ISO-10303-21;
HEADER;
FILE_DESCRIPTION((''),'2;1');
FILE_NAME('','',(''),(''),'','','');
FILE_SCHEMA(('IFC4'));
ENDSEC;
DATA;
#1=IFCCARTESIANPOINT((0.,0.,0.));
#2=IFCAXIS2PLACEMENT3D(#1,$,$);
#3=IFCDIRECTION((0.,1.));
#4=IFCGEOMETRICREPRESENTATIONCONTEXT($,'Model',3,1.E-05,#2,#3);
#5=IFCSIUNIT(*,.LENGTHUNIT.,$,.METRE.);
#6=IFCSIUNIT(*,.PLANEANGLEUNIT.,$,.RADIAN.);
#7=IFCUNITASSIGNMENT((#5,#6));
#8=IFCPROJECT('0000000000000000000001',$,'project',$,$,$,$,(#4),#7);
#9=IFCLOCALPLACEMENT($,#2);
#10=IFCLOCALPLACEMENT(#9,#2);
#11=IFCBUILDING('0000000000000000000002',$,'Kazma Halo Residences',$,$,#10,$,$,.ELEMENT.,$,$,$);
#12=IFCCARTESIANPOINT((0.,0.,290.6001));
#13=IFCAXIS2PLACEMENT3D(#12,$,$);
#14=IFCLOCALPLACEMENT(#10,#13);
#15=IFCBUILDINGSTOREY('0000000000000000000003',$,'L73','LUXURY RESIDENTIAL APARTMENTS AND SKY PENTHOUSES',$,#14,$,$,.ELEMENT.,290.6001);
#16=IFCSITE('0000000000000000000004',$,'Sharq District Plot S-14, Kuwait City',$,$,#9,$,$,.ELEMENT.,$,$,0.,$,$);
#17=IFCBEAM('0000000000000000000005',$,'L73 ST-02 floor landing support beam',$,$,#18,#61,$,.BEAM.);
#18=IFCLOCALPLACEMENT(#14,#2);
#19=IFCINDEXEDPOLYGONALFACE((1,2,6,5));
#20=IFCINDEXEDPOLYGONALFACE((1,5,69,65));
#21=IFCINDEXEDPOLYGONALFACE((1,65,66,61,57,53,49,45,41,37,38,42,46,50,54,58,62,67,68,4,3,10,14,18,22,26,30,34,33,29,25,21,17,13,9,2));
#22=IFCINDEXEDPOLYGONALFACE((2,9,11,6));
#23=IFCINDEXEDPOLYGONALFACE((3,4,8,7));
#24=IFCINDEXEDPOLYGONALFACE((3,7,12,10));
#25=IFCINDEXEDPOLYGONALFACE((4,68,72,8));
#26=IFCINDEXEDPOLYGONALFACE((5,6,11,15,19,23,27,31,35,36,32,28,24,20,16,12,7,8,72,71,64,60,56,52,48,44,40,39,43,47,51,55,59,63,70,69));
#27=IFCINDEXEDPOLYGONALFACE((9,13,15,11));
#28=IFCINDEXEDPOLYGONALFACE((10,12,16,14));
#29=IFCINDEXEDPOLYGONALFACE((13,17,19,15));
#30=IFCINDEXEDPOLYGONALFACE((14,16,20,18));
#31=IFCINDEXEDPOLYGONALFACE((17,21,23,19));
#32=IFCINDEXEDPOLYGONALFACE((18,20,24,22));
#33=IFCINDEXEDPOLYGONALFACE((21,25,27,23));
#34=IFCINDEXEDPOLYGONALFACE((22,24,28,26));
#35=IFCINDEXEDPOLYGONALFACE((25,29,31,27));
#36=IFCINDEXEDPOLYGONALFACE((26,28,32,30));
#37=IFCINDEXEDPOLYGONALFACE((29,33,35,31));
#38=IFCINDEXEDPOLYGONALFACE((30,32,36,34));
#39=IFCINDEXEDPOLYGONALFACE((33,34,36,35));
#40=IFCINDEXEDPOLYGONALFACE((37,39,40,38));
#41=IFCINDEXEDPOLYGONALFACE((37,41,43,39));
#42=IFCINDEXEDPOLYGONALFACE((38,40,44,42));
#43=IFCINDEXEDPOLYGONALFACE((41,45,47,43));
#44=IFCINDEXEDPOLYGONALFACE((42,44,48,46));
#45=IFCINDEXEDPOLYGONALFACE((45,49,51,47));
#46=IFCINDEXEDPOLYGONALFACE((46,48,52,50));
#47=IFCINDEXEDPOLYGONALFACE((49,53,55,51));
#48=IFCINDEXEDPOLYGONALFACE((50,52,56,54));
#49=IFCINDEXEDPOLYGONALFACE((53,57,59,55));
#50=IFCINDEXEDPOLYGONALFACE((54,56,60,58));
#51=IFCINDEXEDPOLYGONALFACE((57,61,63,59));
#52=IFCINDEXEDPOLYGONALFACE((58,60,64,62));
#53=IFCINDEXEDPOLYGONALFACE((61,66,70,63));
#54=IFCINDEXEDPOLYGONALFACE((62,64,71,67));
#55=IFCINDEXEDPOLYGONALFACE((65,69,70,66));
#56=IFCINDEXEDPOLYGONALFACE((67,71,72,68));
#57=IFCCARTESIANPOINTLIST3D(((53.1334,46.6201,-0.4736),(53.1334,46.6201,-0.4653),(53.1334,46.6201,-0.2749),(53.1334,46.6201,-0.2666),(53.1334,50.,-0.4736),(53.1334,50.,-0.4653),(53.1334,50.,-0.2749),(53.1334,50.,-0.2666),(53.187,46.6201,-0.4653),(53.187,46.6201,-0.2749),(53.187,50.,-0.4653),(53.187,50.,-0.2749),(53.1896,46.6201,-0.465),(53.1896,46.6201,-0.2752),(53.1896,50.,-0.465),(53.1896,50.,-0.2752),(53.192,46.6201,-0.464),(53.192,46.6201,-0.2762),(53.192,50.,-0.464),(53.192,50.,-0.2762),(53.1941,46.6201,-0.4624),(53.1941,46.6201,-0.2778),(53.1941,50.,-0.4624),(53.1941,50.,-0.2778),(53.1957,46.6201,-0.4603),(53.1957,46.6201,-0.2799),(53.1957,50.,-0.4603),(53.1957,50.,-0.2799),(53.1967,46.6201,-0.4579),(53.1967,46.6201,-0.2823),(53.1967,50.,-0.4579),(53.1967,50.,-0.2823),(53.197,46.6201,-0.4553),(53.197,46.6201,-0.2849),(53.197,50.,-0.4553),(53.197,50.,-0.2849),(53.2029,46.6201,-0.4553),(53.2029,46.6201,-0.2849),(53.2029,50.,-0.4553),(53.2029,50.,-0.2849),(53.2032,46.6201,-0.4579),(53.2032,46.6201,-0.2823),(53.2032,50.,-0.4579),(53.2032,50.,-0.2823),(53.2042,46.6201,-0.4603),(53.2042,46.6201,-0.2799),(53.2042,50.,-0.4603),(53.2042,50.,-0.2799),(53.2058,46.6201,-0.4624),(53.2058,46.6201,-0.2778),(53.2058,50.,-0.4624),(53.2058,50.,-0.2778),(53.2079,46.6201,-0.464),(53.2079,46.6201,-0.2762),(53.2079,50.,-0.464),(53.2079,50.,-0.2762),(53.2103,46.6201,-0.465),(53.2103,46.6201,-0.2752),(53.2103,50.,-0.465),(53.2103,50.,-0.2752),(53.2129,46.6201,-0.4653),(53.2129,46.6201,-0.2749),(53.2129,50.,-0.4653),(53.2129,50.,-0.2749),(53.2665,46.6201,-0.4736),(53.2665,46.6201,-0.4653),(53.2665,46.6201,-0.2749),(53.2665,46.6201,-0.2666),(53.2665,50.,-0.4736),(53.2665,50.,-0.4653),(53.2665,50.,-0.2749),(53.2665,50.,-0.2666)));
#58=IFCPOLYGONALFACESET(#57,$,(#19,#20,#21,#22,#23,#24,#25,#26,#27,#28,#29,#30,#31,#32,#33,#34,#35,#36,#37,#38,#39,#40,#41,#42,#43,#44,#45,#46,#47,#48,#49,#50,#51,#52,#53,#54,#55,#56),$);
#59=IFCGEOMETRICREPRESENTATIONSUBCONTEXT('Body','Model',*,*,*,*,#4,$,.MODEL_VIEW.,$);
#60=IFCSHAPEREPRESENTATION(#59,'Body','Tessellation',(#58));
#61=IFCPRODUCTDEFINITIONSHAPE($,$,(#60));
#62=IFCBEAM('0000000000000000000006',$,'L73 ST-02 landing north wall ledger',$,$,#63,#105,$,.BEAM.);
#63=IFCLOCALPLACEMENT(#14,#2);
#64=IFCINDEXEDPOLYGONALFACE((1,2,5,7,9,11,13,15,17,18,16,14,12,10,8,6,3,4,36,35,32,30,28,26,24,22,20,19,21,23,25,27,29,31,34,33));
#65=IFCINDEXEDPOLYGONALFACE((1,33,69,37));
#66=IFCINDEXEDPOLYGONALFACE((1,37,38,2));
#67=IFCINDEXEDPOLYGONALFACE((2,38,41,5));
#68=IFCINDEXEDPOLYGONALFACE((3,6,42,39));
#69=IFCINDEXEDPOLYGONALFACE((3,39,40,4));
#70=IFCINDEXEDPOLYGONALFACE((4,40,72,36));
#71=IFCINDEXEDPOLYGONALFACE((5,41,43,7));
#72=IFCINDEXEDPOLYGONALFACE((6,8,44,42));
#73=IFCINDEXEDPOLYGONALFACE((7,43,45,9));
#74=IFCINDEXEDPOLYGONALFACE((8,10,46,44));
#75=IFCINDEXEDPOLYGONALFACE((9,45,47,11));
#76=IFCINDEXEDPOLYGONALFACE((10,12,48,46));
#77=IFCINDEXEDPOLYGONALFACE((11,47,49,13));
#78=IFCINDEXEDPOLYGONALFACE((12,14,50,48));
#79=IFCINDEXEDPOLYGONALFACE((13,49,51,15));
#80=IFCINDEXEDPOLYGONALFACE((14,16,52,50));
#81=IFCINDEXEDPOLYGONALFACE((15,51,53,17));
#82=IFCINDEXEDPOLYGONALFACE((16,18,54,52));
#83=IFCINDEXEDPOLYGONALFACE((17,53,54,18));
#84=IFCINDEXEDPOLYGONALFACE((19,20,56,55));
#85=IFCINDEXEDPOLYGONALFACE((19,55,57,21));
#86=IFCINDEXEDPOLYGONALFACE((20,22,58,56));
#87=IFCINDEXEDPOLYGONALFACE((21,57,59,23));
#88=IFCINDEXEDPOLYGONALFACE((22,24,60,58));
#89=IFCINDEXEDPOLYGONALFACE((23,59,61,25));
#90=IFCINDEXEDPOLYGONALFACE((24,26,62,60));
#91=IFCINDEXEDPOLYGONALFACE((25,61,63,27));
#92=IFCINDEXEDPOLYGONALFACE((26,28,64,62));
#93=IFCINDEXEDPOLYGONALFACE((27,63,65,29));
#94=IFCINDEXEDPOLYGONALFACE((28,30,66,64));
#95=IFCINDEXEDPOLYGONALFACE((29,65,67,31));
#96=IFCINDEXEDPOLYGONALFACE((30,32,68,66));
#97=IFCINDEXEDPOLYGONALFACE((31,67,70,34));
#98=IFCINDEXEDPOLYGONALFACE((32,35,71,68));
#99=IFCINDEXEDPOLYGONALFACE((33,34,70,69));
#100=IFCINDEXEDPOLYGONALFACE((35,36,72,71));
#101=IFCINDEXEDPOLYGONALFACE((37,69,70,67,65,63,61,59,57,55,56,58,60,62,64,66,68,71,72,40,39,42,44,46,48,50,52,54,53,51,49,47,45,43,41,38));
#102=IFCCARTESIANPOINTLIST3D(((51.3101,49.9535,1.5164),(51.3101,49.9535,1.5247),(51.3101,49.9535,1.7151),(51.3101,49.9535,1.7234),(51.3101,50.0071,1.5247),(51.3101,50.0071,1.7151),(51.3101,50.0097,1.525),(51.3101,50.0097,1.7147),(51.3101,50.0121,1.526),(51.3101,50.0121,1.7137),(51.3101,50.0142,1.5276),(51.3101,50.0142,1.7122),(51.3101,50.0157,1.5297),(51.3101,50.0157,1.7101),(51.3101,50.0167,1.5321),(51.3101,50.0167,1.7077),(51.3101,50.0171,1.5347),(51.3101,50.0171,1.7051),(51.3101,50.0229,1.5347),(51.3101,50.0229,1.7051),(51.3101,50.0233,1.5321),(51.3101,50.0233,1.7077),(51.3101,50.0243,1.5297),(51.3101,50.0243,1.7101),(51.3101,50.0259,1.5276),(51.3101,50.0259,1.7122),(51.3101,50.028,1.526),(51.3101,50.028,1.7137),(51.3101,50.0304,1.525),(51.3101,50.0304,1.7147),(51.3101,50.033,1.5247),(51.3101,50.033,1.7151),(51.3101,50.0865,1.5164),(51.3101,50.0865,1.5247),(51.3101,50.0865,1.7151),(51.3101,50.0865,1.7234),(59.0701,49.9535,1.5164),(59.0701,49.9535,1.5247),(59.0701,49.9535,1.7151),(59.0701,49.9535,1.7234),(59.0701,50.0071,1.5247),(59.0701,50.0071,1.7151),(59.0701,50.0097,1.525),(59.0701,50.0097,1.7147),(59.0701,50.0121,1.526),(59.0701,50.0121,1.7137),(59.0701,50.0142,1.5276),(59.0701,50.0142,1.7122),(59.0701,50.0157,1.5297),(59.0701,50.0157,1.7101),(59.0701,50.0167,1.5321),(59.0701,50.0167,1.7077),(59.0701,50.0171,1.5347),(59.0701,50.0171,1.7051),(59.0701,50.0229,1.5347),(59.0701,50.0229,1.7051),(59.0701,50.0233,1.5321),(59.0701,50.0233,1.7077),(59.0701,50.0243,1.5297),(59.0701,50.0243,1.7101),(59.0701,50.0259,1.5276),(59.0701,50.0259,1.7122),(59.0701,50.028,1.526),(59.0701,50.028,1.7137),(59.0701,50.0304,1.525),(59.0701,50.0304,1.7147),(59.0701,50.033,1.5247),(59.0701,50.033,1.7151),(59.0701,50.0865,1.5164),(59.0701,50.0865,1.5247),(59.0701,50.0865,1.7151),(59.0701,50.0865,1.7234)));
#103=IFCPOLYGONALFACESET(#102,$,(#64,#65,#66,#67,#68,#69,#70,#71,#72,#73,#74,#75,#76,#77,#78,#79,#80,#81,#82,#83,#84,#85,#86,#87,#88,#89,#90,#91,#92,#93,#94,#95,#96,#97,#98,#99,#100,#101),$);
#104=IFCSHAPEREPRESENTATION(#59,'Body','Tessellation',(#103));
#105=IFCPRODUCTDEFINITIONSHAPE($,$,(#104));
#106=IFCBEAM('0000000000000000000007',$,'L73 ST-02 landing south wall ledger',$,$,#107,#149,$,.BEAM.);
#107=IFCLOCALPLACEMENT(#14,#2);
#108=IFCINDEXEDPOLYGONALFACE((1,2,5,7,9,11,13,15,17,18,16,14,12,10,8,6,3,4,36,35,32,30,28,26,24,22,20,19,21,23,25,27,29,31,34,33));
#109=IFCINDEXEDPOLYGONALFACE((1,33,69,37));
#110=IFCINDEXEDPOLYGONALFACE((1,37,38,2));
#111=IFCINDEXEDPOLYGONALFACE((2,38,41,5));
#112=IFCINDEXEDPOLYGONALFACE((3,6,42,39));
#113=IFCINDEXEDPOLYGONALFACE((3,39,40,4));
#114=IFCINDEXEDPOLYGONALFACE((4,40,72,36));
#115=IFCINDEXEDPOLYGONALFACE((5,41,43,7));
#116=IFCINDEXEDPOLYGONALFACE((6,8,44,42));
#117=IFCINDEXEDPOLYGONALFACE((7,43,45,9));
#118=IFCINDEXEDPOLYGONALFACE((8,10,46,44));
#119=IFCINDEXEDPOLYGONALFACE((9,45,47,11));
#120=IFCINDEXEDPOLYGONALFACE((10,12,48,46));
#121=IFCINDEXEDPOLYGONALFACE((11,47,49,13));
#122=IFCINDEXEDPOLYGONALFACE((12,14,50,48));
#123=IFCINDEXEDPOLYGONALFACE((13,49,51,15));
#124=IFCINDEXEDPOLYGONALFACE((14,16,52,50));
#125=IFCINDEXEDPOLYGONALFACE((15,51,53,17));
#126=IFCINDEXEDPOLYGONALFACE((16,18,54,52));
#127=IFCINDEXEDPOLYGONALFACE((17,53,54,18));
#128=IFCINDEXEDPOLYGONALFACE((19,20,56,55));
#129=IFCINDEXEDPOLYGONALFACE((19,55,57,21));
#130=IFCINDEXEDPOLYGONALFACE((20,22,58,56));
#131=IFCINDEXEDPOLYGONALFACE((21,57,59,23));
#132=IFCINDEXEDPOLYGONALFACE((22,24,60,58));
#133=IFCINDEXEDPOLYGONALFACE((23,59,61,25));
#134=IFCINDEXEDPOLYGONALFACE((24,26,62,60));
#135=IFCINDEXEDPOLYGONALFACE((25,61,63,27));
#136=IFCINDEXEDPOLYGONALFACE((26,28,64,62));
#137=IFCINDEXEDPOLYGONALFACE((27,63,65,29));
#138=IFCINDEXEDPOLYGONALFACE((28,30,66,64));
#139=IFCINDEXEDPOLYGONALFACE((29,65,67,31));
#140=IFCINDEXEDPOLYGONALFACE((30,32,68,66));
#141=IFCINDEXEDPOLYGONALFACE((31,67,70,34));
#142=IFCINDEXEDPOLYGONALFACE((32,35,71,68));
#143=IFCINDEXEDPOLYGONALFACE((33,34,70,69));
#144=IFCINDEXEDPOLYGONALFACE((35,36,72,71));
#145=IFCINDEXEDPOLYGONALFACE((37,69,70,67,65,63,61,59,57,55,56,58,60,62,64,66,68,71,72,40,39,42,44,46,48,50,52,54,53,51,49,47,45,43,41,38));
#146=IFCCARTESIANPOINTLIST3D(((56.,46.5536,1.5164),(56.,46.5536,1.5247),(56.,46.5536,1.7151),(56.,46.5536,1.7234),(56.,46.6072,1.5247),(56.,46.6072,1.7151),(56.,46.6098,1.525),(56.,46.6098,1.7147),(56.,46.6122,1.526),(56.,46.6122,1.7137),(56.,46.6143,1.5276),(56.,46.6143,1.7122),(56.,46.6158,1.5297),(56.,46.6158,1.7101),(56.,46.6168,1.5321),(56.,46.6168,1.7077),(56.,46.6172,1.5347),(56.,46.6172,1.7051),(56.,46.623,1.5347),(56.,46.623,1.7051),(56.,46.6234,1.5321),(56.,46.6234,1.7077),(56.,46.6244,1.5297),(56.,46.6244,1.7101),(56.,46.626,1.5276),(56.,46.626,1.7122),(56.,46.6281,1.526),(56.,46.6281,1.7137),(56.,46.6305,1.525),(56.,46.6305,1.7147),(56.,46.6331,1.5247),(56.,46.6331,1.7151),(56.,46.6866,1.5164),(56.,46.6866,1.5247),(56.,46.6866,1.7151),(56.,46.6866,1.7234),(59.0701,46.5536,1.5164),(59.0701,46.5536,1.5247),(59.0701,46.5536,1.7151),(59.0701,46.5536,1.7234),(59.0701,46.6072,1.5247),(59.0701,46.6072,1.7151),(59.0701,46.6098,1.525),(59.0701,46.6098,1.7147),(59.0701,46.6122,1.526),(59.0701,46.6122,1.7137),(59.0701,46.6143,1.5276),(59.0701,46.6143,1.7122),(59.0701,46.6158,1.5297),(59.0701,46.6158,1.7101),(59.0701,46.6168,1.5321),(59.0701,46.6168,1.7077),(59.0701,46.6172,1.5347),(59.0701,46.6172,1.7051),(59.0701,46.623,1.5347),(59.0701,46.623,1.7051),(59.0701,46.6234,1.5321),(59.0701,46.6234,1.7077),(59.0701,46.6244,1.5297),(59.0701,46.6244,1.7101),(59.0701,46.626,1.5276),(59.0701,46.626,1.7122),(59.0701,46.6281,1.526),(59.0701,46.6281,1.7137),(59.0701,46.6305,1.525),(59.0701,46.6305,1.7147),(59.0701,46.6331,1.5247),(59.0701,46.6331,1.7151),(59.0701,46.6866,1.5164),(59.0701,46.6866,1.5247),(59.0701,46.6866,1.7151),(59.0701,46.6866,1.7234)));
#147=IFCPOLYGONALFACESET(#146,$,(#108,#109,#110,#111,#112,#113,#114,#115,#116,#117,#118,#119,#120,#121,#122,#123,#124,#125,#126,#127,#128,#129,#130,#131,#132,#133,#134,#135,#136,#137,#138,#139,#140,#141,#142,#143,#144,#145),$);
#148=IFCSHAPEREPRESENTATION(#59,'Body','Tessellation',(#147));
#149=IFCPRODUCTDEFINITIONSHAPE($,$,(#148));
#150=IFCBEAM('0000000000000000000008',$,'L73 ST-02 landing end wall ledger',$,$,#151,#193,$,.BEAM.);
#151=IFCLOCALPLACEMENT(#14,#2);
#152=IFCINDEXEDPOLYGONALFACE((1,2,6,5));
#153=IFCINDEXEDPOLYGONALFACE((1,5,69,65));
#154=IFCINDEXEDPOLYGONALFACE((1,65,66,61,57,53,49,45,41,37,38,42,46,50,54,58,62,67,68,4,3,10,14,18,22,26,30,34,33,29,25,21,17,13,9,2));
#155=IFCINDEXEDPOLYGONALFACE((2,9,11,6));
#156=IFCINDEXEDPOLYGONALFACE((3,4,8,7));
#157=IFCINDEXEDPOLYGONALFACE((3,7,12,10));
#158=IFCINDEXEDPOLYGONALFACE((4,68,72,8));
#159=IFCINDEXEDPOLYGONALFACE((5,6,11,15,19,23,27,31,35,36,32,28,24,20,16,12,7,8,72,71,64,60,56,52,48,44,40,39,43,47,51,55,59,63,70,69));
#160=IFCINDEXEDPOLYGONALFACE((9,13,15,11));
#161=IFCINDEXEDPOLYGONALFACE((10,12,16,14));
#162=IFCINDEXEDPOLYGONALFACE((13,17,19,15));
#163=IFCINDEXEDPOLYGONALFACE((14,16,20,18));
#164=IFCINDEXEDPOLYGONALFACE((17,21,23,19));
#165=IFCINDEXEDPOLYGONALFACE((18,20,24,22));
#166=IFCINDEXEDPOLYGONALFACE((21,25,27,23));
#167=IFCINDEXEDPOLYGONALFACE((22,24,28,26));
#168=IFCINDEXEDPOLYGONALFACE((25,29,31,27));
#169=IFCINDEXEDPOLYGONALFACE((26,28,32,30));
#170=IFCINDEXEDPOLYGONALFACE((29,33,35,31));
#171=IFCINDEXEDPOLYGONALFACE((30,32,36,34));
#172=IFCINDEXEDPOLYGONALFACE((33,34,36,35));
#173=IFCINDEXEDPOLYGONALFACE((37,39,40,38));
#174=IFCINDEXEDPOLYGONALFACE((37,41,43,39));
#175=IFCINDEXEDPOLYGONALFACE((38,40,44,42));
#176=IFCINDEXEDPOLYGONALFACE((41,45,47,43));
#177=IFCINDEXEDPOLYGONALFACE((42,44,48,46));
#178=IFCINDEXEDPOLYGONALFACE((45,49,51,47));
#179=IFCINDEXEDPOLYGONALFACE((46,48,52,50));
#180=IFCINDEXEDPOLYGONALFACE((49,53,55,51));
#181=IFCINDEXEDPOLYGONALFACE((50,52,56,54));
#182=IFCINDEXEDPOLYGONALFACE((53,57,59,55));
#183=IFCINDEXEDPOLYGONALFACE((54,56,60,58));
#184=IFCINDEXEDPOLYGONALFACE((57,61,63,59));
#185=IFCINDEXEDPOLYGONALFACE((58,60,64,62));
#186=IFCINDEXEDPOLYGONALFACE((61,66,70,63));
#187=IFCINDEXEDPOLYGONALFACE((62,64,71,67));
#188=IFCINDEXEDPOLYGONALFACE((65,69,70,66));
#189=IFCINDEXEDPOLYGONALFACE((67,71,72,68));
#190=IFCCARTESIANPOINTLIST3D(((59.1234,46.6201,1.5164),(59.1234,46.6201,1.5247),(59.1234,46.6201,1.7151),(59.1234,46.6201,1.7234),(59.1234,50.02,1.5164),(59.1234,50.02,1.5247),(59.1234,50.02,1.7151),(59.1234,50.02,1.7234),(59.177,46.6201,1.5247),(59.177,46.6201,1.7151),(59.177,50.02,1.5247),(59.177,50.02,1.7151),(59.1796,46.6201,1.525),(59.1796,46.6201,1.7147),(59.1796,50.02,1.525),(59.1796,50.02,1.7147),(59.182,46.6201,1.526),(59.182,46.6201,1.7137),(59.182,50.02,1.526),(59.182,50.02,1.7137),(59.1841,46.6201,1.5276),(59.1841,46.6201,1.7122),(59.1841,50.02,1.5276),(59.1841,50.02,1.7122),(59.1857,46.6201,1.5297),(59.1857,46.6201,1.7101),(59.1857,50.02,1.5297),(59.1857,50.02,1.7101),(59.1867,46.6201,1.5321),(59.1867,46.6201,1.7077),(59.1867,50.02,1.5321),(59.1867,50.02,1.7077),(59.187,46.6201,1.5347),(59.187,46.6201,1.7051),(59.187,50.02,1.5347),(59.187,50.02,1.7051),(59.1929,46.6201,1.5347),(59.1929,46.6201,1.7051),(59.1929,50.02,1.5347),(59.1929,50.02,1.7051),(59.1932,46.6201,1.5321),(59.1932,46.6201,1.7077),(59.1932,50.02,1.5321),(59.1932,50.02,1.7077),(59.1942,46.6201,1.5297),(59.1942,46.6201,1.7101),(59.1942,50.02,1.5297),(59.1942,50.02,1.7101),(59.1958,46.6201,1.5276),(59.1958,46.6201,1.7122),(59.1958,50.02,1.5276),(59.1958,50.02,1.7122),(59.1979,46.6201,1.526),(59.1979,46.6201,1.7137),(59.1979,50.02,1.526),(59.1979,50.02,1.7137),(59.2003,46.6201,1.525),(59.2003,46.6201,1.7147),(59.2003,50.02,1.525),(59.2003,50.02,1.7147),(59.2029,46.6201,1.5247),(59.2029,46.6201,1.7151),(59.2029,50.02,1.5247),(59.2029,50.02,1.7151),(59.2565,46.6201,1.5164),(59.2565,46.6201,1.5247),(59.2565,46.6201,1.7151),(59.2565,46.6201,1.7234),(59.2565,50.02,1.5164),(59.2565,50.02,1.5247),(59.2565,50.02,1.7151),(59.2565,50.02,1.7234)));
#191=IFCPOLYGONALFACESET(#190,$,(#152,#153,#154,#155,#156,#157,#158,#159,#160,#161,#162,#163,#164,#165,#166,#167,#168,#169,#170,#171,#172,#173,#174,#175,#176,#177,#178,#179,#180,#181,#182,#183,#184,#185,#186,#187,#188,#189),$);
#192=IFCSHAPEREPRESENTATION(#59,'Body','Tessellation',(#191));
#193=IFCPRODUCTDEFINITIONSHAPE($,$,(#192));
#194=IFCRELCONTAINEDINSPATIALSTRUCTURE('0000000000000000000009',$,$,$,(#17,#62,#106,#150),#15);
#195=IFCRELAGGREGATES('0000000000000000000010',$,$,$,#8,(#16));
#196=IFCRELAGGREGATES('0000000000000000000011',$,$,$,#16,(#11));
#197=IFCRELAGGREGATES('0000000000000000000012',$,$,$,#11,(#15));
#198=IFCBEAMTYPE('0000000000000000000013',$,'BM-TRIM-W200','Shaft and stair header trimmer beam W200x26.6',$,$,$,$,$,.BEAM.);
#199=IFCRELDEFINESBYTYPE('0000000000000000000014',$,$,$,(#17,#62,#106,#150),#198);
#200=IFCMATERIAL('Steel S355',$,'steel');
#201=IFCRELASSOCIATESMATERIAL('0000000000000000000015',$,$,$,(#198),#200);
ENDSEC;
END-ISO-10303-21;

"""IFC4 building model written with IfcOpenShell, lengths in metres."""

from ifc_helpers import new_model, si_unit, direction, frame, origin, origin_2d, place, context, subcontext, project, spatial, i_section, extrude, material, material_profile, profile_set, type_object, element, save


model = new_model("IFC4")

# Units and contexts
model_context = context("Model", 3, precision=1e-05, world=origin(), true_north=direction((0.0, 1.0)))
body_context = subcontext(model_context, "Body", "Model", "MODEL_VIEW")
ifc_project = project(units=[si_unit("LENGTHUNIT", "METRE"), si_unit("PLANEANGLEUNIT", "RADIAN")], contexts=[model_context])

# Site, building, storey
site_placement = place(None, origin())
site = spatial("IfcSite", under=ifc_project, at=site_placement, Name="Sharq District Plot S-14, Kuwait City", CompositionType="ELEMENT", RefElevation=0.0)
building_placement = place(site_placement, origin())
building = spatial("IfcBuilding", under=site, at=building_placement, Name="Kazma Halo Residences", CompositionType="ELEMENT")
storey_placement = place(building_placement, frame((0.0, 0.0, 290.6001)))
storey = spatial("IfcBuildingStorey", under=building, at=storey_placement, Name="L73", Description="LUXURY RESIDENTIAL APARTMENTS AND SKY PENTHOUSES", CompositionType="ELEMENT", Elevation=290.6001)

# Shared definitions
ifc_material_1 = material(Name="Steel S355", Category="steel")

# Beams
ifc_material_profile_1 = material_profile(ifc_material_1, i_section(OverallWidth=0.1331, OverallDepth=0.207, WebThickness=0.0059, FlangeThickness=0.0083, FilletRadius=0.01, at=origin_2d()), Name="W200x26.6")
ifc_profile_set_1 = profile_set([ifc_material_profile_1], Name="Steel S355")
beam_type_1 = type_object("IfcBeamType", Name="BM-TRIM-W200", Description="Shaft and stair header trimmer beam W200x26.6", PredefinedType="BEAM", material=ifc_profile_set_1)
beam_1_placement = place(storey_placement, frame((53.2, 46.6201, -0.3701), z_axis=(0.0, 1.0, 0.0), x_axis=(-1.0, 0.0, 0.0)))
element("IfcBeam", 1, at=beam_1_placement, inside=storey, type_object=beam_type_1, Name="L73 ST-02 floor landing support beam", PredefinedType="BEAM", context=body_context, shape_type="SweptSolid", body=[
    extrude(i_section(OverallWidth=0.1331, OverallDepth=0.207, WebThickness=0.0059, FlangeThickness=0.0083, FilletRadius=0.01, at=origin_2d()), origin(), (0.0, 0.0, 1.0), 3.3799),
])
beam_2_placement = place(storey_placement, frame((51.3101, 50.02, 1.6199), z_axis=(1.0, 0.0, 0.0), x_axis=(0.0, 1.0, 0.0)))
element("IfcBeam", 2, at=beam_2_placement, inside=storey, type_object=beam_type_1, Name="L73 ST-02 landing north wall ledger", PredefinedType="BEAM", context=body_context, shape_type="SweptSolid", body=[
    extrude(i_section(OverallWidth=0.1331, OverallDepth=0.207, WebThickness=0.0059, FlangeThickness=0.0083, FilletRadius=0.01, at=origin_2d()), origin(), (0.0, 0.0, 1.0), 7.76),
])
beam_3_placement = place(storey_placement, frame((56.0, 46.6201, 1.6199), z_axis=(1.0, 0.0, 0.0), x_axis=(0.0, 1.0, 0.0)))
element("IfcBeam", 3, at=beam_3_placement, inside=storey, type_object=beam_type_1, Name="L73 ST-02 landing south wall ledger", PredefinedType="BEAM", context=body_context, shape_type="SweptSolid", body=[
    extrude(i_section(OverallWidth=0.1331, OverallDepth=0.207, WebThickness=0.0059, FlangeThickness=0.0083, FilletRadius=0.01, at=origin_2d()), origin(), (0.0, 0.0, 1.0), 3.0701),
])
beam_4_placement = place(storey_placement, frame((59.1899, 46.6201, 1.6199), z_axis=(0.0, 1.0, 0.0), x_axis=(-1.0, 0.0, 0.0)))
element("IfcBeam", 4, at=beam_4_placement, inside=storey, type_object=beam_type_1, Name="L73 ST-02 landing end wall ledger", PredefinedType="BEAM", context=body_context, shape_type="SweptSolid", body=[
    extrude(i_section(OverallWidth=0.1331, OverallDepth=0.207, WebThickness=0.0059, FlangeThickness=0.0083, FilletRadius=0.01, at=origin_2d()), origin(), (0.0, 0.0, 1.0), 3.3999),
])

save(model, "model.ifc")
